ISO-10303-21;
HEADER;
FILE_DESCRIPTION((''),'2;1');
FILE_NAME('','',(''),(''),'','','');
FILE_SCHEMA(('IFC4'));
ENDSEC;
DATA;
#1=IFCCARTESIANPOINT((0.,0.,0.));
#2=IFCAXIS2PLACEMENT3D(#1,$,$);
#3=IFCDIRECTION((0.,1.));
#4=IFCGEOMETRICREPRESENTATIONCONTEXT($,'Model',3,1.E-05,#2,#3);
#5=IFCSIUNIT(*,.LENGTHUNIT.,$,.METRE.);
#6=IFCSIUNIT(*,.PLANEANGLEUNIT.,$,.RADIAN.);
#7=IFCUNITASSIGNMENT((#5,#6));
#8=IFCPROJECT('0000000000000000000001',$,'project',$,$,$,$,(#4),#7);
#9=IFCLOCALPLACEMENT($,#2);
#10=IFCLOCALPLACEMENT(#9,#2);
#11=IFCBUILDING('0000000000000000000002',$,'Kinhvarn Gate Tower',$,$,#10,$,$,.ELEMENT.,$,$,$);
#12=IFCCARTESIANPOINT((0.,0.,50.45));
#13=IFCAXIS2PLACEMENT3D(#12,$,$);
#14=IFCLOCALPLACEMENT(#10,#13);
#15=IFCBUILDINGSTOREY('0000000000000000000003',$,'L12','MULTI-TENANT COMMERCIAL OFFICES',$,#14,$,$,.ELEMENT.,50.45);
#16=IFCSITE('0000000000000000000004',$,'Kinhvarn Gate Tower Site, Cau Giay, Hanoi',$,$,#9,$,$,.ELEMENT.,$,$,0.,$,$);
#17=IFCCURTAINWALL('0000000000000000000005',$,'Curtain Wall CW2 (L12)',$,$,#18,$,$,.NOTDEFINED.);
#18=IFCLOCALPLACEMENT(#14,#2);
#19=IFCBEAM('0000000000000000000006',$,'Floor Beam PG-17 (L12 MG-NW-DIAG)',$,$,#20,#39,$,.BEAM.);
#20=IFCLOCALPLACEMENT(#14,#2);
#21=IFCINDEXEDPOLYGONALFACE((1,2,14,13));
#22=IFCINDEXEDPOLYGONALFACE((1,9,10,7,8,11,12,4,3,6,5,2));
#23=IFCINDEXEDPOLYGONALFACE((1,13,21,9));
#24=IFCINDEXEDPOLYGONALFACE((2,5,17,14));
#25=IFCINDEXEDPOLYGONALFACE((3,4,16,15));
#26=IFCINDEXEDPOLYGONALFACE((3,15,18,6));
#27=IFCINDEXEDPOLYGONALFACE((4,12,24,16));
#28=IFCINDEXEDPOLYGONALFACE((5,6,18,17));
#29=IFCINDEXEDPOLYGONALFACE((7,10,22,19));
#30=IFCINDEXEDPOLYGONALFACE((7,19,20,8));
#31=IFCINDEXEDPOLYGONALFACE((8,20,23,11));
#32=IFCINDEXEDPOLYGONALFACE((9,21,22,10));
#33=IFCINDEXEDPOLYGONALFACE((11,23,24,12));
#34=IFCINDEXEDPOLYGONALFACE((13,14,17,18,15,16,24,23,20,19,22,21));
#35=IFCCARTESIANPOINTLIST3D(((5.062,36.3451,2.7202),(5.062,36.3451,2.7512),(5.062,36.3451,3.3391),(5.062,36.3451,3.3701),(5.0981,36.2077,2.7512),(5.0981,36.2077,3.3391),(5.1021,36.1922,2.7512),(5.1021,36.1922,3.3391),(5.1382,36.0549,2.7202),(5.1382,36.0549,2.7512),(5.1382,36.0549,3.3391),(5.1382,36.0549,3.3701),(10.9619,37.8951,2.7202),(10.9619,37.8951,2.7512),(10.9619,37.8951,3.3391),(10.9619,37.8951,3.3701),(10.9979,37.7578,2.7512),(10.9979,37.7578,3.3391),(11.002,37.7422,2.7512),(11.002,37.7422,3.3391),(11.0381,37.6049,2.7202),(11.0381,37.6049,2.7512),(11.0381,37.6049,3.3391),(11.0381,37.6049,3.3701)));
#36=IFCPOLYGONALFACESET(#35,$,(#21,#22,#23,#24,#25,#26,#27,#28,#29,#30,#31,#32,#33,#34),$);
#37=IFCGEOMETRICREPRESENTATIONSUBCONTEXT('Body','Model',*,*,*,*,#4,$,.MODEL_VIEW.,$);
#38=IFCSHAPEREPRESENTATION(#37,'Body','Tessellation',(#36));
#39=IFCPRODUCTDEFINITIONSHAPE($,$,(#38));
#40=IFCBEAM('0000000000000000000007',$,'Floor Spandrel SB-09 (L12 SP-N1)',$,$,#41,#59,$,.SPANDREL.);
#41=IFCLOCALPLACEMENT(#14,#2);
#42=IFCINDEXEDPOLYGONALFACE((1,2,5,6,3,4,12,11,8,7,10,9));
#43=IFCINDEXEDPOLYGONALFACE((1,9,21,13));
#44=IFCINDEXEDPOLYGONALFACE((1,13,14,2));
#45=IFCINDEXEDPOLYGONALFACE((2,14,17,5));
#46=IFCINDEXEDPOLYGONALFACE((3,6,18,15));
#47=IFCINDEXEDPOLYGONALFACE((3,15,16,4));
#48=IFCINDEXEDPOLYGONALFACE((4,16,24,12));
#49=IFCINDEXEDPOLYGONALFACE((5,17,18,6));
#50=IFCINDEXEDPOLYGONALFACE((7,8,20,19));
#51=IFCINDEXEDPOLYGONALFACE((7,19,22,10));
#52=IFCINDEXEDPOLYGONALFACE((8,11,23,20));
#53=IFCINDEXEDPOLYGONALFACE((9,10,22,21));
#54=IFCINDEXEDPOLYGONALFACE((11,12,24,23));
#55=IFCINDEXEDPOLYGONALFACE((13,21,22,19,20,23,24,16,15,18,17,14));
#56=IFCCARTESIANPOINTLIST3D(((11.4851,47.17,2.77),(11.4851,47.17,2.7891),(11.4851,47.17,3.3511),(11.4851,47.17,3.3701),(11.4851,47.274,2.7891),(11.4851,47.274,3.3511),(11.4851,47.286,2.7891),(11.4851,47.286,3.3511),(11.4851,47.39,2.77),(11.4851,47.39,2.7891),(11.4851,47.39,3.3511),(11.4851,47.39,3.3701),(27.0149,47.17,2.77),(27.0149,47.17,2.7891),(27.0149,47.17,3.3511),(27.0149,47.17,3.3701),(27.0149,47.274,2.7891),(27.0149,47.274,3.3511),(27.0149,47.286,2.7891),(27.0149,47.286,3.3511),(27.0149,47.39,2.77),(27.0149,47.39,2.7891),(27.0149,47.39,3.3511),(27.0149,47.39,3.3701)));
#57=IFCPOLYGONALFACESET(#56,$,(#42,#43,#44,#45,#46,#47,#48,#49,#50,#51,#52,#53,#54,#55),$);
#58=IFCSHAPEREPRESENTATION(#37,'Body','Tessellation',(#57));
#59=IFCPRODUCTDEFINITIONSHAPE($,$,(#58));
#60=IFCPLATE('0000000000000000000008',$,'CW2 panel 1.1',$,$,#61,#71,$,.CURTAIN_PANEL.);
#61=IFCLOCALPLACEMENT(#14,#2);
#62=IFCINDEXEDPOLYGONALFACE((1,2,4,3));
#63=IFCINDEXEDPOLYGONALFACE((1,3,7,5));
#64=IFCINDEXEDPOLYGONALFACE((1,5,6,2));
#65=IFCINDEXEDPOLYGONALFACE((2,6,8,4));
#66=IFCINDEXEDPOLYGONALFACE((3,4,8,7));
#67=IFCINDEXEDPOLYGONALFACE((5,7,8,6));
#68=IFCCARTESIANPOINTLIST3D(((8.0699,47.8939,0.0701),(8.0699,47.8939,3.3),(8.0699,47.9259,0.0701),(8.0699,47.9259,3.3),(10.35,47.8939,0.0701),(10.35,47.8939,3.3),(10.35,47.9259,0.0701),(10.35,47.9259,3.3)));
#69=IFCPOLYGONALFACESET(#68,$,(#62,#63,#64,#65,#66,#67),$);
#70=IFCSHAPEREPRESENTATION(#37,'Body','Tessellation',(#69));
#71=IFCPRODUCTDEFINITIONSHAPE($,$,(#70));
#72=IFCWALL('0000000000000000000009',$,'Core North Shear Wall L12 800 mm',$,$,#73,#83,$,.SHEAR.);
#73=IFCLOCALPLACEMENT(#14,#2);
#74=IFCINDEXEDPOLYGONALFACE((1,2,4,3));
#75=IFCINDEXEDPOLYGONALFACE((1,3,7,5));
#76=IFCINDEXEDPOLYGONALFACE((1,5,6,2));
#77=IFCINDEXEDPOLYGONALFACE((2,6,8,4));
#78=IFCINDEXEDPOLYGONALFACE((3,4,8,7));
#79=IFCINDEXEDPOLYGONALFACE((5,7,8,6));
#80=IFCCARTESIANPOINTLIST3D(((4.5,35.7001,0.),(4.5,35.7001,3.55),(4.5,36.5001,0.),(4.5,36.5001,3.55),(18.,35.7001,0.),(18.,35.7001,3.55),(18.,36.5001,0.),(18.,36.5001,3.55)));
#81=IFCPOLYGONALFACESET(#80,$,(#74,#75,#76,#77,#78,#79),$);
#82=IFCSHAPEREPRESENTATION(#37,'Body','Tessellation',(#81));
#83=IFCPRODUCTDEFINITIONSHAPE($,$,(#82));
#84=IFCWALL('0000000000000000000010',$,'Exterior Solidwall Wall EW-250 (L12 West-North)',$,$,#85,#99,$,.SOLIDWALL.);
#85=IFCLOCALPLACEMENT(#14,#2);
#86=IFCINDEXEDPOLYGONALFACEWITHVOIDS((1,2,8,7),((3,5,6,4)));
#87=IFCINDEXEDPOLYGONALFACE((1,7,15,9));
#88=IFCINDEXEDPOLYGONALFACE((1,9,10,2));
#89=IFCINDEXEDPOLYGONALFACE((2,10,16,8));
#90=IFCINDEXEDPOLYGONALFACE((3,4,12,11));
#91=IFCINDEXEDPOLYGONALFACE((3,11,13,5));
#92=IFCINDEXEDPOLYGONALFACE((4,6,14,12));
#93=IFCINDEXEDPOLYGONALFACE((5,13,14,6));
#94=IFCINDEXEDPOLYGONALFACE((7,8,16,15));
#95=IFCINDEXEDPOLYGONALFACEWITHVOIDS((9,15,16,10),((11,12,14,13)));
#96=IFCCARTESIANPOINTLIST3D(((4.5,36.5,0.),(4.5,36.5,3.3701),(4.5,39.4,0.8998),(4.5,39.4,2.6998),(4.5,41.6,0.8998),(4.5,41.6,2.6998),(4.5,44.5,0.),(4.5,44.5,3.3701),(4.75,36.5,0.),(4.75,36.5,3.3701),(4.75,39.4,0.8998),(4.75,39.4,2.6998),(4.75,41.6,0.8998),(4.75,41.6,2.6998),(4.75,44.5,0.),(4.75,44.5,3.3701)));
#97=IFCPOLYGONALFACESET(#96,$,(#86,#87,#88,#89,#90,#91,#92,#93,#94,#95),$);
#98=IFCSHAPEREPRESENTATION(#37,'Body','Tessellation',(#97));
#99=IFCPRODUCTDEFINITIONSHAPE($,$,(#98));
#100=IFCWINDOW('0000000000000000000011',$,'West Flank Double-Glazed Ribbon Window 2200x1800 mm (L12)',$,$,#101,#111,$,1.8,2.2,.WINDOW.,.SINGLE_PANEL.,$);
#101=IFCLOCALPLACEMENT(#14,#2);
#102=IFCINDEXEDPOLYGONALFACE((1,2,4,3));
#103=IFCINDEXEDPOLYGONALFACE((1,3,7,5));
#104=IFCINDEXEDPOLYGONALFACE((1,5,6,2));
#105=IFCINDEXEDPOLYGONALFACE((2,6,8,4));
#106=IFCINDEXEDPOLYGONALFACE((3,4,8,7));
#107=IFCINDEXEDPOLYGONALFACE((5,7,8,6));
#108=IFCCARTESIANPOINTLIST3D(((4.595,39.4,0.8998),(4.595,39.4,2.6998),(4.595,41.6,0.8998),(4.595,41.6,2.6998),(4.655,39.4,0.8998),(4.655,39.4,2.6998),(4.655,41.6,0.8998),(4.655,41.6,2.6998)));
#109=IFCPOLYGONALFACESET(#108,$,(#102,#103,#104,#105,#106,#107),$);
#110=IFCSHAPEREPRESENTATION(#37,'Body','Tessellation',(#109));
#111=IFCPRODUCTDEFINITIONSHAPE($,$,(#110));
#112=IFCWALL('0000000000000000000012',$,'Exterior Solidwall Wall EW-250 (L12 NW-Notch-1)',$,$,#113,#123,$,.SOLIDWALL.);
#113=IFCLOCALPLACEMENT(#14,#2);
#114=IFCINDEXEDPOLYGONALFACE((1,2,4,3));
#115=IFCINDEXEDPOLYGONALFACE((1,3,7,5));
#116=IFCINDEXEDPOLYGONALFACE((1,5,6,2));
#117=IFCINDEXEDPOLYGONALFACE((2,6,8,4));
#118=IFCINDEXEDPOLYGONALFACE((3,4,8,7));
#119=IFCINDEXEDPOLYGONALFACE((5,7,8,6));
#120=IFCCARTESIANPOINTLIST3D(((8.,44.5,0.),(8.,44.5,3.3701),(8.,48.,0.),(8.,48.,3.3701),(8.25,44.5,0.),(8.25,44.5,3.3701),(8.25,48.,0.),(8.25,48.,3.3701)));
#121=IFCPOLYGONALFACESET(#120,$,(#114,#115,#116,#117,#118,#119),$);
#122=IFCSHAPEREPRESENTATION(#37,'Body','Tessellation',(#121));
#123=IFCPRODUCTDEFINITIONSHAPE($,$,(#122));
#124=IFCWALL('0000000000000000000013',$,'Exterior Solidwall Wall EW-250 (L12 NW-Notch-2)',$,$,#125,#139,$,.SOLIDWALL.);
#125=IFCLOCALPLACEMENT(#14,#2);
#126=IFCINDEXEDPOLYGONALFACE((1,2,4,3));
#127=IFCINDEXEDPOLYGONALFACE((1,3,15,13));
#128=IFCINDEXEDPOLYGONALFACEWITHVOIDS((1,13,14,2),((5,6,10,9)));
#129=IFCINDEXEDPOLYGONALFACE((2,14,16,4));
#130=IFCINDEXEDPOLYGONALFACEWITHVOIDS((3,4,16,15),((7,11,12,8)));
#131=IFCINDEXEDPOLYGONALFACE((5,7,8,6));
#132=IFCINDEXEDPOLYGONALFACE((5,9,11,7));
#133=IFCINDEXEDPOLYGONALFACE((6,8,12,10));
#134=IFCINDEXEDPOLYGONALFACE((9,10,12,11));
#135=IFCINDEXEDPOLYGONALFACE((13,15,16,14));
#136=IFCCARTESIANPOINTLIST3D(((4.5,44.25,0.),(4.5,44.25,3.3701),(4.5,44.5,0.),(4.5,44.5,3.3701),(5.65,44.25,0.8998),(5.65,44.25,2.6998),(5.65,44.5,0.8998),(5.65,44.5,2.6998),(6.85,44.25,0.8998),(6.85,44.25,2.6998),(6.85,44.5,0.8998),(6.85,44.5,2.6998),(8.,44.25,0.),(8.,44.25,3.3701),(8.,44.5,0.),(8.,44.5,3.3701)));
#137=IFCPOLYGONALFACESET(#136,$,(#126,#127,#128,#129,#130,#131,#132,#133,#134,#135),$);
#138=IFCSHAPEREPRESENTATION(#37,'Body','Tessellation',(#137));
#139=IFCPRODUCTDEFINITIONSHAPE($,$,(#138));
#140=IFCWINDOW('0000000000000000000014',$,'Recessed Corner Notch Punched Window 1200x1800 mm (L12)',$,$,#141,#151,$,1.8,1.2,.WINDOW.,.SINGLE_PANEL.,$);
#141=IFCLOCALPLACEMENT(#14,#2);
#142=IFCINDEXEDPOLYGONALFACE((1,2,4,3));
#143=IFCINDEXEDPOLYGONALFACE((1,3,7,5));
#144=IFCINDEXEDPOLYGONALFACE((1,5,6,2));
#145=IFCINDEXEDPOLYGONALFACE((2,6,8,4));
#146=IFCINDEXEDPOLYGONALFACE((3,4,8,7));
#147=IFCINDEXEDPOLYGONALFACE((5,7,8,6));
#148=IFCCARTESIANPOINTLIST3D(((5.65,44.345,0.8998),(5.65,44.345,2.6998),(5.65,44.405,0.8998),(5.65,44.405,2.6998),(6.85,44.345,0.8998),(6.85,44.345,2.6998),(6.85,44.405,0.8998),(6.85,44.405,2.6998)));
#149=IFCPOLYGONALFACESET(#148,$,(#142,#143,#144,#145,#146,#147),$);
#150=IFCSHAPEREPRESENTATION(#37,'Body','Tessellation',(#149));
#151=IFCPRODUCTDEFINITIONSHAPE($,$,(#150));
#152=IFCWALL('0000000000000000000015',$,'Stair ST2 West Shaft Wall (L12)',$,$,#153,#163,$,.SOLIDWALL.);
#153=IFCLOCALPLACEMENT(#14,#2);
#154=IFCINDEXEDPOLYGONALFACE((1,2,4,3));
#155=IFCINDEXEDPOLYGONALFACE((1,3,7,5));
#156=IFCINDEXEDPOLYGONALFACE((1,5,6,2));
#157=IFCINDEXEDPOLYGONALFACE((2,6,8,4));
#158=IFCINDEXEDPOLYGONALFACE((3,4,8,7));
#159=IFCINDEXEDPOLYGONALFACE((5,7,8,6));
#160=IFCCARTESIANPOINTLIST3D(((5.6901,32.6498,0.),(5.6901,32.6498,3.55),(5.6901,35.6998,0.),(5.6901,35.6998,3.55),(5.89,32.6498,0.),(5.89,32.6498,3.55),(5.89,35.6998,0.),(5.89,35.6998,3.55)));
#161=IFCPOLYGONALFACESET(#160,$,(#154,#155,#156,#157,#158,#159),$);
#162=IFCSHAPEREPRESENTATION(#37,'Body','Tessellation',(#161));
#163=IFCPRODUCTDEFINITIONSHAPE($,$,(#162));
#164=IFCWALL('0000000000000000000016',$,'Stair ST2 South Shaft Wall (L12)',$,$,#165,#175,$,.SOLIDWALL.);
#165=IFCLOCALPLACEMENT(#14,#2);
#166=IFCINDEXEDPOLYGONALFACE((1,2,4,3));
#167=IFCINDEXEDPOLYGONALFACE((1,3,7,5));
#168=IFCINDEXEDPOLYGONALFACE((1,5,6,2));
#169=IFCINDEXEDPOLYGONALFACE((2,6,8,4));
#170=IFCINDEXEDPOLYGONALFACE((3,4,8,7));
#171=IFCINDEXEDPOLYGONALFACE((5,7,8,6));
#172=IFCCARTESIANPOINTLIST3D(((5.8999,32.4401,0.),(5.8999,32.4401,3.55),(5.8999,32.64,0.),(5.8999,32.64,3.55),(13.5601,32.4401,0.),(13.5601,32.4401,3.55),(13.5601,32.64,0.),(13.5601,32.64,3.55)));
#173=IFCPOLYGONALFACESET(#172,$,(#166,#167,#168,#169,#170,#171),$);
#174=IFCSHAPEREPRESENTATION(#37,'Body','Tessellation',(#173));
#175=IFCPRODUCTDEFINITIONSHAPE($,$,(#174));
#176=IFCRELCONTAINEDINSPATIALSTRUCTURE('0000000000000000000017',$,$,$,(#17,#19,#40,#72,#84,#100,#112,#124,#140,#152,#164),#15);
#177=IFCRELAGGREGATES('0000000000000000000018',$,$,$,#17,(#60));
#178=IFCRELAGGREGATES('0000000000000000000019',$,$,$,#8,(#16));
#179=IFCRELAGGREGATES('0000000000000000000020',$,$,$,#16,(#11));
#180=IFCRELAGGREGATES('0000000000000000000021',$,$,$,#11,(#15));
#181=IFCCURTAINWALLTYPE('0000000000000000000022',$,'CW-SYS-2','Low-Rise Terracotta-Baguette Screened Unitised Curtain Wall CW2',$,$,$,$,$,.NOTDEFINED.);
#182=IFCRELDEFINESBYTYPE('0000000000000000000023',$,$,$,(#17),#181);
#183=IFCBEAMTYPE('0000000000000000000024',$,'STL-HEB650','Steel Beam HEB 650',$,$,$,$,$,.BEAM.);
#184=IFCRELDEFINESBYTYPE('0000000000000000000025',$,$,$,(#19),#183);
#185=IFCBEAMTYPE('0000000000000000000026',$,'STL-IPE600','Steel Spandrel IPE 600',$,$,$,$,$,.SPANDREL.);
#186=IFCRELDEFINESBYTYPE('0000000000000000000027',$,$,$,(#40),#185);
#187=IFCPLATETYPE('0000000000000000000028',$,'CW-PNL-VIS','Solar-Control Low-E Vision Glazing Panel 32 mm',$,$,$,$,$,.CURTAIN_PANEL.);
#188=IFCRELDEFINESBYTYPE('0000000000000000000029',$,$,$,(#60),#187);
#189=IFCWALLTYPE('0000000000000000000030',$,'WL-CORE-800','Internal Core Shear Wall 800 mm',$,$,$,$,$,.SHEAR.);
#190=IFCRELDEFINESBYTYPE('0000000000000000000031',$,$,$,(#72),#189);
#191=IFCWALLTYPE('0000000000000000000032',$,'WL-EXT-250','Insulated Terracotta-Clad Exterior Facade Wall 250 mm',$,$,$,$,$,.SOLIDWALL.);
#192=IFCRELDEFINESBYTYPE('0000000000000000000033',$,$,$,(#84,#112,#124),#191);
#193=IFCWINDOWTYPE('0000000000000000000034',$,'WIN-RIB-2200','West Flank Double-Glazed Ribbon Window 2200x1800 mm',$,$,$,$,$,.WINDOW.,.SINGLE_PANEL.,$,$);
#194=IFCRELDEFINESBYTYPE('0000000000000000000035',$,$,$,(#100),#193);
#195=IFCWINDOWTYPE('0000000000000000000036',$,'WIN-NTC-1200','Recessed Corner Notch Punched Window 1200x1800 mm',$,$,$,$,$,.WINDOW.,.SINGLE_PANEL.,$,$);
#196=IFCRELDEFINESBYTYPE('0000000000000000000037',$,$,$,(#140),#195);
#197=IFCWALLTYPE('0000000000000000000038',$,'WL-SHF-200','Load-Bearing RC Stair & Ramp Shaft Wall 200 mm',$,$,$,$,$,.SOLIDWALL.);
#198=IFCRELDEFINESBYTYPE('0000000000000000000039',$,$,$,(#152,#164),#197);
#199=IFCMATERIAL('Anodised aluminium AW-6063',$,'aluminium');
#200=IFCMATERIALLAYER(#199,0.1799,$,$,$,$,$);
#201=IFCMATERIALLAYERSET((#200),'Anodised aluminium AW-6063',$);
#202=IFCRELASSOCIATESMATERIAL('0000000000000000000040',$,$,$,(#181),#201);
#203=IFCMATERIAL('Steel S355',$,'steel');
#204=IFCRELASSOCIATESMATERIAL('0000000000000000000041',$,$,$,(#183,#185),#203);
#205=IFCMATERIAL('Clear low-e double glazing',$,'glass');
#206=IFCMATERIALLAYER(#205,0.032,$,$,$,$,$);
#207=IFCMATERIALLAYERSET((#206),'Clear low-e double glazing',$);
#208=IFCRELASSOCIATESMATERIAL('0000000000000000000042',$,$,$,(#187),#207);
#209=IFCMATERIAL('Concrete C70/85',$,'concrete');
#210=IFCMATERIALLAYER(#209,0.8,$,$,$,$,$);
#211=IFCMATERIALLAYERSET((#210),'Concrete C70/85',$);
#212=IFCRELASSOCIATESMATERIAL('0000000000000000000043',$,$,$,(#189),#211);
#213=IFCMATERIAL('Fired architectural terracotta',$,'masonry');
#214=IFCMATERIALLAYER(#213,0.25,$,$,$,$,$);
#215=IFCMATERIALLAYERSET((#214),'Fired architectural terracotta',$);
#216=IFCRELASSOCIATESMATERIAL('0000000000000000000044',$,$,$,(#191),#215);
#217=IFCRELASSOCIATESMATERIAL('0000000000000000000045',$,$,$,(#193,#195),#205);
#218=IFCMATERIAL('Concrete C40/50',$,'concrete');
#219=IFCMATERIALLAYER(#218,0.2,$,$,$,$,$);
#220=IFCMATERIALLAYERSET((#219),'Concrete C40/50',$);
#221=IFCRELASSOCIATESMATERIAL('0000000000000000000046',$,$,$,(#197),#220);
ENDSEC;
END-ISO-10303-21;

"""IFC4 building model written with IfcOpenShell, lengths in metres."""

from ifc_helpers import new_model, si_unit, direction, frame, frame_2d, origin, origin_2d, place, context, subcontext, project, spatial, rectangle, i_section, extrude, material, layer, layer_set, material_profile, profile_set, type_object, element, fill, aggregate, save


model = new_model("IFC4")

# Units and contexts
model_context = context("Model", 3, precision=1e-05, world=origin(), true_north=direction((0.0, 1.0)))
body_context = subcontext(model_context, "Body", "Model", "MODEL_VIEW")
ifc_project = project(units=[si_unit("LENGTHUNIT", "METRE"), si_unit("PLANEANGLEUNIT", "RADIAN")], contexts=[model_context])

# Site, building, storey
site_placement = place(None, origin())
site = spatial("IfcSite", under=ifc_project, at=site_placement, Name="Kinhvarn Gate Tower Site, Cau Giay, Hanoi", CompositionType="ELEMENT", RefElevation=0.0)
building_placement = place(site_placement, origin())
building = spatial("IfcBuilding", under=site, at=building_placement, Name="Kinhvarn Gate Tower", CompositionType="ELEMENT")
storey_placement = place(building_placement, frame((0.0, 0.0, 50.45)))
storey = spatial("IfcBuildingStorey", under=building, at=storey_placement, Name="L12", Description="MULTI-TENANT COMMERCIAL OFFICES", CompositionType="ELEMENT", Elevation=50.45)

# Shared definitions
ifc_material_1 = material(Name="Concrete C70/85", Category="concrete")

# Shared definitions
ifc_material_2 = material(Name="Anodised aluminium AW-6063", Category="aluminium")
ifc_layer_1 = layer(ifc_material_2, 0.1799)
ifc_layer_set_1 = layer_set([ifc_layer_1], Name="Anodised aluminium AW-6063")
curtain_wall_type = type_object("IfcCurtainWallType", Name="CW-SYS-2", Description="Low-Rise Terracotta-Baguette Screened Unitised Curtain Wall CW2", PredefinedType="NOTDEFINED", material=ifc_layer_set_1)

# Curtain wall
curtain_wall_1_placement = place(storey_placement, origin())
curtain_wall_1 = element("IfcCurtainWall", 1, at=curtain_wall_1_placement, inside=storey, type_object=curtain_wall_type, Name="Curtain Wall CW2 (L12)", PredefinedType="NOTDEFINED")

# Beams
ifc_material_3 = material(Name="Steel S355", Category="steel")
ifc_material_profile_1 = material_profile(ifc_material_3, i_section(OverallWidth=0.3, OverallDepth=0.6499, WebThickness=0.0161, FlangeThickness=0.031, at=origin_2d()), Name="HEB 650")
ifc_profile_set_1 = profile_set([ifc_material_profile_1], Name="Steel S355")
beam_type_1 = type_object("IfcBeamType", Name="STL-HEB650", Description="Steel Beam HEB 650", PredefinedType="BEAM", material=ifc_profile_set_1)
beam_1_placement = place(storey_placement, frame((5.1001, 36.2, 3.0452), z_axis=(0.967178, 0.254101, 0.0), x_axis=(-0.254101, 0.967178, 0.0)))
element("IfcBeam", 2, at=beam_1_placement, inside=storey, type_object=beam_type_1, Name="Floor Beam PG-17 (L12 MG-NW-DIAG)", PredefinedType="BEAM", context=body_context, shape_type="SweptSolid", body=[
    extrude(i_section(OverallWidth=0.3, OverallDepth=0.6499, WebThickness=0.0161, FlangeThickness=0.031, at=origin_2d()), origin(), (0.0, 0.0, 1.0), 6.1001),
])
ifc_material_profile_2 = material_profile(ifc_material_3, i_section(OverallWidth=0.22, OverallDepth=0.6001, WebThickness=0.012, FlangeThickness=0.019, at=origin_2d()), Name="IPE 600")
ifc_profile_set_2 = profile_set([ifc_material_profile_2], Name="Steel S355")
beam_type_2 = type_object("IfcBeamType", Name="STL-IPE600", Description="Steel Spandrel IPE 600", PredefinedType="SPANDREL", material=ifc_profile_set_2)
beam_2_placement = place(storey_placement, frame((11.4851, 47.28, 3.0701), z_axis=(1.0, 0.0, 0.0), x_axis=(0.0, 1.0, 0.0)))
element("IfcBeam", 3, at=beam_2_placement, inside=storey, type_object=beam_type_2, Name="Floor Spandrel SB-09 (L12 SP-N1)", PredefinedType="SPANDREL", context=body_context, shape_type="SweptSolid", body=[
    extrude(i_section(OverallWidth=0.22, OverallDepth=0.6001, WebThickness=0.012, FlangeThickness=0.019, at=origin_2d()), origin(), (0.0, 0.0, 1.0), 15.5298),
])

# Plate
ifc_material_4 = material(Name="Clear low-e double glazing", Category="glass")
ifc_layer_2 = layer(ifc_material_4, 0.032)
ifc_layer_set_2 = layer_set([ifc_layer_2], Name="Clear low-e double glazing")
plate_type = type_object("IfcPlateType", Name="CW-PNL-VIS", Description="Solar-Control Low-E Vision Glazing Panel 32 mm", PredefinedType="CURTAIN_PANEL", material=ifc_layer_set_2)
plate_placement = place(storey_placement, frame((9.21, 47.9099, 0.0701), z_axis=(0.0, 0.0, 1.0), x_axis=(-1.0, 0.0, 0.0)))
plate = element("IfcPlate", 4, at=plate_placement, type_object=plate_type, Name="CW2 panel 1.1", PredefinedType="CURTAIN_PANEL", context=body_context, shape_type="SweptSolid", body=[
    extrude(rectangle(XDim=2.28, YDim=0.032, at=origin_2d()), origin(), (0.0, 0.0, 1.0), 3.23),
])
aggregate(curtain_wall_1, [plate])

# Wall
ifc_layer_3 = layer(ifc_material_1, 0.8)
ifc_layer_set_3 = layer_set([ifc_layer_3], Name="Concrete C70/85")
wall_type_1 = type_object("IfcWallType", Name="WL-CORE-800", Description="Internal Core Shear Wall 800 mm", PredefinedType="SHEAR", material=ifc_layer_set_3)
wall_1_placement = place(storey_placement, frame((4.5, 36.1001, 0.0), z_axis=(0.0, 0.0, 1.0), x_axis=(1.0, 0.0, 0.0)))
element("IfcWall", 5, at=wall_1_placement, inside=storey, type_object=wall_type_1, Name="Core North Shear Wall L12 800 mm", PredefinedType="SHEAR", context=body_context, shape_type="SweptSolid", body=[
    extrude(rectangle(XDim=13.5, YDim=0.8, at=frame_2d((6.75, 0.0))), origin(), (0.0, 0.0, 1.0), 3.55),
])

# Wall, opening, window
ifc_material_5 = material(Name="Fired architectural terracotta", Category="masonry")
ifc_layer_4 = layer(ifc_material_5, 0.25)
ifc_layer_set_4 = layer_set([ifc_layer_4], Name="Fired architectural terracotta")
wall_type_2 = type_object("IfcWallType", Name="WL-EXT-250", Description="Insulated Terracotta-Clad Exterior Facade Wall 250 mm", PredefinedType="SOLIDWALL", material=ifc_layer_set_4)
wall_2_placement = place(storey_placement, frame((4.625, 44.5, 0.0), z_axis=(0.0, 0.0, 1.0), x_axis=(0.0, -1.0, 0.0)))
wall_2 = element("IfcWall", 6, at=wall_2_placement, inside=storey, type_object=wall_type_2, Name="Exterior Solidwall Wall EW-250 (L12 West-North)", PredefinedType="SOLIDWALL", context=body_context, shape_type="SweptSolid", body=[
    extrude(rectangle(XDim=8.0, YDim=0.25, at=frame_2d((4.0, 0.0))), origin(), (0.0, 0.0, 1.0), 3.3701),
])
opening_1_placement = place(wall_2_placement, frame((2.8999, 0.0, 0.8999)))
opening_1 = element("IfcOpeningElement", 7, at=opening_1_placement, cuts=wall_2, PredefinedType="OPENING", context=body_context, shape_type="SweptSolid", body=[
    extrude(rectangle(XDim=2.2, YDim=1.8, at=frame_2d((1.1001, 0.8999))), frame((0.0, 0.135, 0.0), z_axis=(0.0, -1.0, 0.0), x_axis=(1.0, 0.0, 0.0)), (0.0, 0.0, 1.0), 0.27),
])
window_type_1 = type_object("IfcWindowType", Name="WIN-RIB-2200", Description="West Flank Double-Glazed Ribbon Window 2200x1800 mm", PartitioningType="SINGLE_PANEL", PredefinedType="WINDOW", material=ifc_material_4)
window_1_placement = place(opening_1_placement, origin())
window_1 = element("IfcWindow", 8, at=window_1_placement, inside=storey, type_object=window_type_1, Name="West Flank Double-Glazed Ribbon Window 2200x1800 mm (L12)", OverallHeight=1.8, OverallWidth=2.2, PartitioningType="SINGLE_PANEL", PredefinedType="WINDOW", context=body_context, shape_type="SweptSolid", body=[
    extrude(rectangle(XDim=2.2, YDim=1.8, at=frame_2d((1.1001, 0.8999))), frame((0.0, 0.03, 0.0), z_axis=(0.0, -1.0, 0.0), x_axis=(1.0, 0.0, 0.0)), (0.0, 0.0, 1.0), 0.0601),
])
fill(opening_1, window_1)

# Wall
wall_3_placement = place(storey_placement, frame((8.125, 48.0, 0.0), z_axis=(0.0, 0.0, 1.0), x_axis=(0.0, -1.0, 0.0)))
element("IfcWall", 9, at=wall_3_placement, inside=storey, type_object=wall_type_2, Name="Exterior Solidwall Wall EW-250 (L12 NW-Notch-1)", PredefinedType="SOLIDWALL", context=body_context, shape_type="SweptSolid", body=[
    extrude(rectangle(XDim=3.5, YDim=0.25, at=frame_2d((1.75, 0.0))), origin(), (0.0, 0.0, 1.0), 3.3701),
])

# Wall, opening, window
wall_4_placement = place(storey_placement, frame((8.0, 44.375, 0.0), z_axis=(0.0, 0.0, 1.0), x_axis=(-1.0, 0.0, 0.0)))
wall_4 = element("IfcWall", 10, at=wall_4_placement, inside=storey, type_object=wall_type_2, Name="Exterior Solidwall Wall EW-250 (L12 NW-Notch-2)", PredefinedType="SOLIDWALL", context=body_context, shape_type="SweptSolid", body=[
    extrude(rectangle(XDim=3.5, YDim=0.25, at=frame_2d((1.75, 0.0))), origin(), (0.0, 0.0, 1.0), 3.3701),
])
opening_2_placement = place(wall_4_placement, frame((1.1499, 0.0, 0.8999)))
opening_2 = element("IfcOpeningElement", 11, at=opening_2_placement, cuts=wall_4, PredefinedType="OPENING", context=body_context, shape_type="SweptSolid", body=[
    extrude(rectangle(XDim=1.2, YDim=1.8, at=frame_2d((0.6001, 0.8999))), frame((0.0, 0.135, 0.0), z_axis=(0.0, -1.0, 0.0), x_axis=(1.0, 0.0, 0.0)), (0.0, 0.0, 1.0), 0.27),
])
window_type_2 = type_object("IfcWindowType", Name="WIN-NTC-1200", Description="Recessed Corner Notch Punched Window 1200x1800 mm", PartitioningType="SINGLE_PANEL", PredefinedType="WINDOW", material=ifc_material_4)
window_2_placement = place(opening_2_placement, origin())
window_2 = element("IfcWindow", 12, at=window_2_placement, inside=storey, type_object=window_type_2, Name="Recessed Corner Notch Punched Window 1200x1800 mm (L12)", OverallHeight=1.8, OverallWidth=1.2, PartitioningType="SINGLE_PANEL", PredefinedType="WINDOW", context=body_context, shape_type="SweptSolid", body=[
    extrude(rectangle(XDim=1.2, YDim=1.8, at=frame_2d((0.6001, 0.8999))), frame((0.0, 0.03, 0.0), z_axis=(0.0, -1.0, 0.0), x_axis=(1.0, 0.0, 0.0)), (0.0, 0.0, 1.0), 0.0601),
])
fill(opening_2, window_2)

# Walls
ifc_material_6 = material(Name="Concrete C40/50", Category="concrete")
ifc_layer_5 = layer(ifc_material_6, 0.2)
ifc_layer_set_5 = layer_set([ifc_layer_5], Name="Concrete C40/50")
wall_type_3 = type_object("IfcWallType", Name="WL-SHF-200", Description="Load-Bearing RC Stair & Ramp Shaft Wall 200 mm", PredefinedType="SOLIDWALL", material=ifc_layer_set_5)
wall_5_placement = place(storey_placement, frame((5.79, 32.6499, 0.0), z_axis=(0.0, 0.0, 1.0), x_axis=(0.0, 1.0, 0.0)))
element("IfcWall", 13, at=wall_5_placement, inside=storey, type_object=wall_type_3, Name="Stair ST2 West Shaft Wall (L12)", PredefinedType="SOLIDWALL", context=body_context, shape_type="SweptSolid", body=[
    extrude(rectangle(XDim=3.05, YDim=0.2, at=frame_2d((1.5249, 0.0))), origin(), (0.0, 0.0, 1.0), 3.55),
])
wall_6_placement = place(storey_placement, frame((5.8999, 32.54, 0.0), z_axis=(0.0, 0.0, 1.0), x_axis=(1.0, 0.0, 0.0)))
element("IfcWall", 14, at=wall_6_placement, inside=storey, type_object=wall_type_3, Name="Stair ST2 South Shaft Wall (L12)", PredefinedType="SOLIDWALL", context=body_context, shape_type="SweptSolid", body=[
    extrude(rectangle(XDim=7.6602, YDim=0.2, at=frame_2d((3.8301, 0.0))), origin(), (0.0, 0.0, 1.0), 3.55),
])

save(model, "model.ifc")
